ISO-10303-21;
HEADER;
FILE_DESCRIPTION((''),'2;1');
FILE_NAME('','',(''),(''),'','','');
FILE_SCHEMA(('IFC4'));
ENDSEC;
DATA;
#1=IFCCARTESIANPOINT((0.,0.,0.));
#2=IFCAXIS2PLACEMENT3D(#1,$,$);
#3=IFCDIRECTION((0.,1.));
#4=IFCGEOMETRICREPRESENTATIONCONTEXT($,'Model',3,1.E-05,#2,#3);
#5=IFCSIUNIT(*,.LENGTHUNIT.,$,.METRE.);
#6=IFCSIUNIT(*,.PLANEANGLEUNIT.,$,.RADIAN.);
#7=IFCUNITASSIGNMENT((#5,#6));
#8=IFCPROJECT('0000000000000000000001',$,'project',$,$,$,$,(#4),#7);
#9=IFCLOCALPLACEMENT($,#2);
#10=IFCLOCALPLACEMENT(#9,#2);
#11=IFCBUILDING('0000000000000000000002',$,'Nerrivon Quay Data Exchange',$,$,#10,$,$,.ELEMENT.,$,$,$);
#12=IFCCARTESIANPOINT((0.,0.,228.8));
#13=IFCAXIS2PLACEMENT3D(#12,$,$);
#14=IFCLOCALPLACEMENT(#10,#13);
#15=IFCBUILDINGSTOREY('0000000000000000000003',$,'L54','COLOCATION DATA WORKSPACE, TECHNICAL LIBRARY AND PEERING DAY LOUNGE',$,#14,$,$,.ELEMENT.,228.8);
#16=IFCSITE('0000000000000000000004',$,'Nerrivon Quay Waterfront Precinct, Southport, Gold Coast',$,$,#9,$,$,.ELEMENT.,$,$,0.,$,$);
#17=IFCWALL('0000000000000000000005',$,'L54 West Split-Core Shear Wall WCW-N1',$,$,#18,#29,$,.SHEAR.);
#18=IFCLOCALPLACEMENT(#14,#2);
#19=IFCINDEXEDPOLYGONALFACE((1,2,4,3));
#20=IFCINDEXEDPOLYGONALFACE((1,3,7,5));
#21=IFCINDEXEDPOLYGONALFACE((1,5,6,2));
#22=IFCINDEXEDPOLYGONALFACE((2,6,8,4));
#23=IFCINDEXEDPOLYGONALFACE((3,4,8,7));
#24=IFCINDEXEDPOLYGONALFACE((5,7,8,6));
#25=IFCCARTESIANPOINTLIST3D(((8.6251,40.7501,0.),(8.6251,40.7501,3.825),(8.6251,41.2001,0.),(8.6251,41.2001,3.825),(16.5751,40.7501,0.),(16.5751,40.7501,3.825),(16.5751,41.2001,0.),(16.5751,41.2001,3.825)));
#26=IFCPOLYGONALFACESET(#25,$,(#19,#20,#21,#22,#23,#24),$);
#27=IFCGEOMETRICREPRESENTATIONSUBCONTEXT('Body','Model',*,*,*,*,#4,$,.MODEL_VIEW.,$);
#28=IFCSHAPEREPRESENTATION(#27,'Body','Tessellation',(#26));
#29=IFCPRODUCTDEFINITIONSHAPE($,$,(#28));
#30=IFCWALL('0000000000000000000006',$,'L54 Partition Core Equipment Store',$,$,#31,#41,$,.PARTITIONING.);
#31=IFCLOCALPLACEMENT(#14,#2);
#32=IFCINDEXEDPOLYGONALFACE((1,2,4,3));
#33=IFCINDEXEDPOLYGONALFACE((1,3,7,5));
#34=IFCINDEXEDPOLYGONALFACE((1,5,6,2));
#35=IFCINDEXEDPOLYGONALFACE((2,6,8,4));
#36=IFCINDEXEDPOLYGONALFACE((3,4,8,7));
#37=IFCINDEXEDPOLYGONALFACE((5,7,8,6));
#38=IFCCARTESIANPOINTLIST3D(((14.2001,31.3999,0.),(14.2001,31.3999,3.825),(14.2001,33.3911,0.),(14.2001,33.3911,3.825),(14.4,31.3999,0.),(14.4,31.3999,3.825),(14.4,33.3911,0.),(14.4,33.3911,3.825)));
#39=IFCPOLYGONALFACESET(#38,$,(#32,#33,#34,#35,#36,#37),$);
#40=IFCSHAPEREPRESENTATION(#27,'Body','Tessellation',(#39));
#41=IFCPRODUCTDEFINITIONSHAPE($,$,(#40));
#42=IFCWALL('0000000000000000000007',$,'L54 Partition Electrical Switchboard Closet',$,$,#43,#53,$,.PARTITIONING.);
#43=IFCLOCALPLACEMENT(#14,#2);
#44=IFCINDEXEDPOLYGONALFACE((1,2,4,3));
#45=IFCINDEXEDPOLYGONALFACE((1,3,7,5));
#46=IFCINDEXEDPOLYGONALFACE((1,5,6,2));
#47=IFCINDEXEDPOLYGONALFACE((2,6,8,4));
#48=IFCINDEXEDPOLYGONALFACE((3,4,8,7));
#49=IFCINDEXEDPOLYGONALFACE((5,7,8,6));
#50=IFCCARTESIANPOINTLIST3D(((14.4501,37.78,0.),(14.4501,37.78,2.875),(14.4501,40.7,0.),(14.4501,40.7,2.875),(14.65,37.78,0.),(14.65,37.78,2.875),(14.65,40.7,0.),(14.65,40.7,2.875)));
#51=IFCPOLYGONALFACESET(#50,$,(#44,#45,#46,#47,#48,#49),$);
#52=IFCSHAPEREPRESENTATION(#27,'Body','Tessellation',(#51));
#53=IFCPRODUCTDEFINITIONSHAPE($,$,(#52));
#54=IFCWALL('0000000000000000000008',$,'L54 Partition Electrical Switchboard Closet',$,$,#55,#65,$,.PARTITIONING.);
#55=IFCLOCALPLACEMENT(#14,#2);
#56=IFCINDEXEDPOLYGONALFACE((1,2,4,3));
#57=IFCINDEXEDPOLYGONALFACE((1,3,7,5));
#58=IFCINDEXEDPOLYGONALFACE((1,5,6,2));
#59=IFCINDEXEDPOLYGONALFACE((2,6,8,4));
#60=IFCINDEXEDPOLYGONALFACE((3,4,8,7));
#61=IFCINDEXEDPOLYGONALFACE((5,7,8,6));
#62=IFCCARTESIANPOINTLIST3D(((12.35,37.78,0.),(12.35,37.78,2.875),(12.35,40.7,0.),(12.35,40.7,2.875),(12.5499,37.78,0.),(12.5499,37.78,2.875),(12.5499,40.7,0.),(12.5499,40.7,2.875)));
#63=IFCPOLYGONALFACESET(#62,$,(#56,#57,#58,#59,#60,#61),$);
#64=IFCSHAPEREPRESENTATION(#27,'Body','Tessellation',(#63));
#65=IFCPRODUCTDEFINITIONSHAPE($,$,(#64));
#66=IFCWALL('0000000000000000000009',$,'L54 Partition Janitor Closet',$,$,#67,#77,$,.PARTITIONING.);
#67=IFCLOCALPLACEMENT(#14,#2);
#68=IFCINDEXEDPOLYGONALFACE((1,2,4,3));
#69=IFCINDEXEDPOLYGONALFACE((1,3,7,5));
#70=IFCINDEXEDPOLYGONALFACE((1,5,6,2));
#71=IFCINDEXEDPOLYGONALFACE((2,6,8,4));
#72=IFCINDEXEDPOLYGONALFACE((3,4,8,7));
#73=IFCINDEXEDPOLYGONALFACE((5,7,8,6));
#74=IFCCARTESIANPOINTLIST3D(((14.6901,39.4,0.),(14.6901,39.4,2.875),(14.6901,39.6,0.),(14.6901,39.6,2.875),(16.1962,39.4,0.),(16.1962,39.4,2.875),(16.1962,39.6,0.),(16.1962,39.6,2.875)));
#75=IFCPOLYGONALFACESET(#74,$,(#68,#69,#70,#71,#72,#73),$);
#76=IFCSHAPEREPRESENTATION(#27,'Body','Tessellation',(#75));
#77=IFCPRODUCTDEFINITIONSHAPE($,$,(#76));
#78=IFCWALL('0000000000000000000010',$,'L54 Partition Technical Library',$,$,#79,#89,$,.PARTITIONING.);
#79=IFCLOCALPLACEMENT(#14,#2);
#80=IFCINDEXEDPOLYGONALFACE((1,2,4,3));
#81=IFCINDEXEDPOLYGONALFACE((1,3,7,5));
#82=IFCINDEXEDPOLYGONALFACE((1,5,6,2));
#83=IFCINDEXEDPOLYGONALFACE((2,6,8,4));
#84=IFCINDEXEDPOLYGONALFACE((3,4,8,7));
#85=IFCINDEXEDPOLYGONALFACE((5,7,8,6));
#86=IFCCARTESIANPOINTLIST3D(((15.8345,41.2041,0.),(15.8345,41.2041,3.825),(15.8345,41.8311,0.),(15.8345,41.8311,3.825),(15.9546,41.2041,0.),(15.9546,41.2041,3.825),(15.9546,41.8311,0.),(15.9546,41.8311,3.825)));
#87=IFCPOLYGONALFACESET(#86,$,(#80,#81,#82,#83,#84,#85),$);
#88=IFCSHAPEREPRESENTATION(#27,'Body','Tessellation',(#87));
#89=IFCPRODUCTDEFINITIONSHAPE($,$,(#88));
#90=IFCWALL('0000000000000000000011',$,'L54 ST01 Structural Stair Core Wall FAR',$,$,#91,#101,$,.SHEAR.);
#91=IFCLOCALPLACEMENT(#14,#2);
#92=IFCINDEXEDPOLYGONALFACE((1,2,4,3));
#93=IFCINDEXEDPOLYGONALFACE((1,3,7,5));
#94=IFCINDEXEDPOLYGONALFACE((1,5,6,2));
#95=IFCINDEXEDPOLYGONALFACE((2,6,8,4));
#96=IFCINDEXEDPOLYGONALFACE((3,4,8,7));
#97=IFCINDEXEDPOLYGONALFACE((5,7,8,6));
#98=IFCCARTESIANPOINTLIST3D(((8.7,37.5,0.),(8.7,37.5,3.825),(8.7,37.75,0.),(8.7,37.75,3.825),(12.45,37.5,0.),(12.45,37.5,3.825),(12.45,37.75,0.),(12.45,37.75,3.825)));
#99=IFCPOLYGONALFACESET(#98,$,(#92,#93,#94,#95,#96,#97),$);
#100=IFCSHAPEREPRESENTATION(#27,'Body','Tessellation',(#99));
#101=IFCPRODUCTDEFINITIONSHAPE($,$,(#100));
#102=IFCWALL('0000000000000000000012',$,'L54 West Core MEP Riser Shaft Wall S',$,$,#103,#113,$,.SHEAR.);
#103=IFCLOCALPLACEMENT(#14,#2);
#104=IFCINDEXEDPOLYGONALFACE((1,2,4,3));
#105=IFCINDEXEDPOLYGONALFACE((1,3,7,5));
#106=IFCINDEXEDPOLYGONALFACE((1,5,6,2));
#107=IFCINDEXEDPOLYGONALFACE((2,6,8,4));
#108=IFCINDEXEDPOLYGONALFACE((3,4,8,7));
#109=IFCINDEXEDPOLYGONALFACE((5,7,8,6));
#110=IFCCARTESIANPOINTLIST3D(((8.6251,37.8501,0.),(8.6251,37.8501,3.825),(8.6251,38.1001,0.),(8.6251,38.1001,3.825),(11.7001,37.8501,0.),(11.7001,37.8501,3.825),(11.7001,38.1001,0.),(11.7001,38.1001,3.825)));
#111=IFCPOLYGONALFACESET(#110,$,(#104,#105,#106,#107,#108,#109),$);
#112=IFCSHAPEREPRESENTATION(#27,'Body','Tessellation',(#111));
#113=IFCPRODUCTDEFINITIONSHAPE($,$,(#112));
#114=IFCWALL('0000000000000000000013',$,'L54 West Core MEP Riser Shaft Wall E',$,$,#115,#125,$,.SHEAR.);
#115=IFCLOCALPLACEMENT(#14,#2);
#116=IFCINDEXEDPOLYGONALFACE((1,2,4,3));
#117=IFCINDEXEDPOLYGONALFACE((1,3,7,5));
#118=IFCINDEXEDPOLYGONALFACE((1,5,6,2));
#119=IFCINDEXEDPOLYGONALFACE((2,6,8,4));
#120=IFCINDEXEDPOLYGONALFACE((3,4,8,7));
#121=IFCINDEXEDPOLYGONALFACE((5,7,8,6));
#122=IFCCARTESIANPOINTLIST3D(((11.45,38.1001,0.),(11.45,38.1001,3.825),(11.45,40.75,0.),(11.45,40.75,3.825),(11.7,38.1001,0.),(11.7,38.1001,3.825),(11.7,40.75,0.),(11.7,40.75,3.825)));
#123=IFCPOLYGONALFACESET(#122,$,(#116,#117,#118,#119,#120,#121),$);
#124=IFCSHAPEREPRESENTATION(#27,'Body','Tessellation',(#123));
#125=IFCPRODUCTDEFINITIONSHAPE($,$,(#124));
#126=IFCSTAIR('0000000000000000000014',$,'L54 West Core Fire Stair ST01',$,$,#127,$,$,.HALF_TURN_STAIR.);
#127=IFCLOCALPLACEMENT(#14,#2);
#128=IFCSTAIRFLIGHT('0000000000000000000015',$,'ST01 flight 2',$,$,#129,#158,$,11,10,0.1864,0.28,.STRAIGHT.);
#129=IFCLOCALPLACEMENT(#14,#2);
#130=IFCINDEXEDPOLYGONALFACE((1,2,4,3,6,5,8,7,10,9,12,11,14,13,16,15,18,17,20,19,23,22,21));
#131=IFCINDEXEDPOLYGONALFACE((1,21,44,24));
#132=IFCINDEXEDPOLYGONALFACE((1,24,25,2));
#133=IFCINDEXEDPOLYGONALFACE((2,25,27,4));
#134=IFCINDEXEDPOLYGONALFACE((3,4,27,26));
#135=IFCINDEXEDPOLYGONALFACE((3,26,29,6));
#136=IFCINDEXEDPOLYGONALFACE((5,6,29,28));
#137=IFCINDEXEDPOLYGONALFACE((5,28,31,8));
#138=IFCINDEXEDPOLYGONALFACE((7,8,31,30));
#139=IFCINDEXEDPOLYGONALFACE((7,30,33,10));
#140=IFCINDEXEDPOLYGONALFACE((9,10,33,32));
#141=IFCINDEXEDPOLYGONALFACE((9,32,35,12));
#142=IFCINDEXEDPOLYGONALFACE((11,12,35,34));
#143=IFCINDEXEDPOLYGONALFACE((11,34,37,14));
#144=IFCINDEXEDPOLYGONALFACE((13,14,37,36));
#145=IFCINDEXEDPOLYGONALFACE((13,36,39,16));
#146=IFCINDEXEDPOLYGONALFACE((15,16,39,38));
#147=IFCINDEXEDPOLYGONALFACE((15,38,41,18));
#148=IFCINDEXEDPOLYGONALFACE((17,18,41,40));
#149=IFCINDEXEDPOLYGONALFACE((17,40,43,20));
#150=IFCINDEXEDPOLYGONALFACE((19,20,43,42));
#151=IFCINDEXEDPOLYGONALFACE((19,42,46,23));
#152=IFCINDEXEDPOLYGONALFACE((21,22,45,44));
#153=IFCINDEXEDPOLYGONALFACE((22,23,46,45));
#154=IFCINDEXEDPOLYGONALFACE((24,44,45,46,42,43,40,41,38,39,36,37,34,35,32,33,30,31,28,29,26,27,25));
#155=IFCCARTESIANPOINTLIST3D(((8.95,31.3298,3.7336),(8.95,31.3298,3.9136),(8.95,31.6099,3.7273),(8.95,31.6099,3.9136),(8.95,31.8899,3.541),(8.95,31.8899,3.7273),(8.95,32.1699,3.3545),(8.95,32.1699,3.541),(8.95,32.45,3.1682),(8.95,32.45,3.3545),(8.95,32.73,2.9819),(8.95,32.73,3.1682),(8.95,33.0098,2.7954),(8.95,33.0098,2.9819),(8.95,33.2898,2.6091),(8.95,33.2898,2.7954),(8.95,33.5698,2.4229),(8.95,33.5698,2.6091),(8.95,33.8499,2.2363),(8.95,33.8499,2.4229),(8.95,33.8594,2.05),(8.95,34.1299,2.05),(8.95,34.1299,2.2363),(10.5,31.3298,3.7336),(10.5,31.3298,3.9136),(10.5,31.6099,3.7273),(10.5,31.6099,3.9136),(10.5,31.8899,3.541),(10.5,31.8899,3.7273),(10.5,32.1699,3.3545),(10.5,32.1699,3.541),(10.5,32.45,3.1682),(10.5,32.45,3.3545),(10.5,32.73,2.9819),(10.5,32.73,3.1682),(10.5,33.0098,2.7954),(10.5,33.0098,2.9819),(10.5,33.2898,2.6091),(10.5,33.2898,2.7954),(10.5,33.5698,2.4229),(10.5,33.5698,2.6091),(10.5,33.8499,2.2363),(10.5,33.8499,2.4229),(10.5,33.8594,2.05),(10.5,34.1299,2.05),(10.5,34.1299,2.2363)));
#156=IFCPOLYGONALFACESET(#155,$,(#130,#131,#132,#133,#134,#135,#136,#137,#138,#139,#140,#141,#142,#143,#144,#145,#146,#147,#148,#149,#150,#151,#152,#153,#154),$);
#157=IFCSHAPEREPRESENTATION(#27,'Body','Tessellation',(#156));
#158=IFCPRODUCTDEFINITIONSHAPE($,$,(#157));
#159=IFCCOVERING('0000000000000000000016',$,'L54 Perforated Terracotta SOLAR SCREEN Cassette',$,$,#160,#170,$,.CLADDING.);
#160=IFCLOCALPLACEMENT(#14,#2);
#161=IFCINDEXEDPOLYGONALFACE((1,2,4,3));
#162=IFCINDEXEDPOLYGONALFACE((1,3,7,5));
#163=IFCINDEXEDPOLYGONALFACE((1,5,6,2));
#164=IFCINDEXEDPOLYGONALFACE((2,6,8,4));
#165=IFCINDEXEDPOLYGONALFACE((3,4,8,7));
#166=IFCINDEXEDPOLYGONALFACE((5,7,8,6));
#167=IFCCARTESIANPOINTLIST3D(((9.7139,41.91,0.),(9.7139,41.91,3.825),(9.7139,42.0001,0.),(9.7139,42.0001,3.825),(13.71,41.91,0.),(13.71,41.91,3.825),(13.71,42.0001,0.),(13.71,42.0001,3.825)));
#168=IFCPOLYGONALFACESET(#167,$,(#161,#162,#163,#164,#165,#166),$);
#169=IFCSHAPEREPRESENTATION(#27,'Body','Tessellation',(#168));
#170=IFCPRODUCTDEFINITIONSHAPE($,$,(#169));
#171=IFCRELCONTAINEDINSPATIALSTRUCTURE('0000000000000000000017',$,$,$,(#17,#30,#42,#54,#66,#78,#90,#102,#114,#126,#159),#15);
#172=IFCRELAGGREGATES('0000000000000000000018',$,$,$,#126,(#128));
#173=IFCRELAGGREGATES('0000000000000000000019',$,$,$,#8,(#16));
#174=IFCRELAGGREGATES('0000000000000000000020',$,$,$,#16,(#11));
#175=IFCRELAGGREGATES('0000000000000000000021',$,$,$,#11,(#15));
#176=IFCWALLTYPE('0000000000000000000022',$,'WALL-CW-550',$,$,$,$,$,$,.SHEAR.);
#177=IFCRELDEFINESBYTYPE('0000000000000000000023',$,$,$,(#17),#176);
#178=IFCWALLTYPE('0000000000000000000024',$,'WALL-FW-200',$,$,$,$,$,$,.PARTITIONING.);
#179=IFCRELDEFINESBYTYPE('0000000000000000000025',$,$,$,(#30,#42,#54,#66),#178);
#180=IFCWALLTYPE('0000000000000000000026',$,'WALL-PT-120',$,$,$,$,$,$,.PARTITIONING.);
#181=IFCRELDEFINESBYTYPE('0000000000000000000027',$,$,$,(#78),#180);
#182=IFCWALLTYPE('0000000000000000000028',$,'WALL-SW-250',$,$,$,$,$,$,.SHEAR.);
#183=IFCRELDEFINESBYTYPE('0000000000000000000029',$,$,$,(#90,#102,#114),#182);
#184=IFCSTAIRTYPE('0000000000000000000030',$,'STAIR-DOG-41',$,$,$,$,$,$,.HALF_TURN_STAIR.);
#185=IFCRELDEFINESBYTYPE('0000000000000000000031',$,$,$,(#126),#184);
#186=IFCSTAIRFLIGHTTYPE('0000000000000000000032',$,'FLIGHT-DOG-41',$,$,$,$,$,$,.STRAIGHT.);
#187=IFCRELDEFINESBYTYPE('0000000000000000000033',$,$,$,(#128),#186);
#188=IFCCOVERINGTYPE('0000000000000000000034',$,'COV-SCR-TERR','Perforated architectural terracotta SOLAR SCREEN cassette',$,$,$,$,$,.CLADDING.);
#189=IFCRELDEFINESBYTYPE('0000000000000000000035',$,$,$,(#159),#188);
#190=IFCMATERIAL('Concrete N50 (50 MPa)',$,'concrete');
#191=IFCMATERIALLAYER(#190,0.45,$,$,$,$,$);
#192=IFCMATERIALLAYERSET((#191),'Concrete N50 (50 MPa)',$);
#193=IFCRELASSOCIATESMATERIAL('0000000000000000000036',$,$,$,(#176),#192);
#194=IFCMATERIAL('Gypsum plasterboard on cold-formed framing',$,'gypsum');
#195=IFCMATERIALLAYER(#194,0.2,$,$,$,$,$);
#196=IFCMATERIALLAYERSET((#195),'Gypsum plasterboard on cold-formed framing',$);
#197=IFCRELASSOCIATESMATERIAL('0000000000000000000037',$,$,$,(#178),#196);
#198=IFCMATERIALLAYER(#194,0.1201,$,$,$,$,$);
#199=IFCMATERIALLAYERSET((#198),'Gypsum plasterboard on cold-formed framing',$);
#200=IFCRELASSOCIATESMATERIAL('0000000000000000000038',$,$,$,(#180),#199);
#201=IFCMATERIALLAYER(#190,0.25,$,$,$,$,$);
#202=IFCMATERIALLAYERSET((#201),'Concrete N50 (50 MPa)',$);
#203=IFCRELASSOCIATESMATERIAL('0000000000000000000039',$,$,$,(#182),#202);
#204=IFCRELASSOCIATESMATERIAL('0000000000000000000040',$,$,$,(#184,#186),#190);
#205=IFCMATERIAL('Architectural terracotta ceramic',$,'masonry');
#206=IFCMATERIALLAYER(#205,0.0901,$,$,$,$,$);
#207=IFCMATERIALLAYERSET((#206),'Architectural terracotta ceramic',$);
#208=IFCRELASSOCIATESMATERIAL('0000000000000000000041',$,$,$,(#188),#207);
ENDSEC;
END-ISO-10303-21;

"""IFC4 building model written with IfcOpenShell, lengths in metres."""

from ifc_helpers import new_model, si_unit, direction, frame, frame_2d, origin, origin_2d, place, context, subcontext, project, spatial, polyline, rectangle, outline, extrude, material, layer, layer_set, type_object, element, aggregate, save


model = new_model("IFC4")

# Units and contexts
model_context = context("Model", 3, precision=1e-05, world=origin(), true_north=direction((0.0, 1.0)))
body_context = subcontext(model_context, "Body", "Model", "MODEL_VIEW")
ifc_project = project(units=[si_unit("LENGTHUNIT", "METRE"), si_unit("PLANEANGLEUNIT", "RADIAN")], contexts=[model_context])

# Site, building, storey
site_placement = place(None, origin())
site = spatial("IfcSite", under=ifc_project, at=site_placement, Name="Nerrivon Quay Waterfront Precinct, Southport, Gold Coast", CompositionType="ELEMENT", RefElevation=0.0)
building_placement = place(site_placement, origin())
building = spatial("IfcBuilding", under=site, at=building_placement, Name="Nerrivon Quay Data Exchange", CompositionType="ELEMENT")
storey_placement = place(building_placement, frame((0.0, 0.0, 228.8)))
storey = spatial("IfcBuildingStorey", under=building, at=storey_placement, Name="L54", Description="COLOCATION DATA WORKSPACE, TECHNICAL LIBRARY AND PEERING DAY LOUNGE", CompositionType="ELEMENT", Elevation=228.8)

# Shared definitions
ifc_material_1 = material(Name="Concrete N50 (50 MPa)", Category="concrete")

# Walls
ifc_layer_1 = layer(ifc_material_1, 0.45)
ifc_layer_set_1 = layer_set([ifc_layer_1], Name="Concrete N50 (50 MPa)")
wall_type_1 = type_object("IfcWallType", Name="WALL-CW-550", PredefinedType="SHEAR", material=ifc_layer_set_1)
wall_1_placement = place(storey_placement, frame((8.625, 40.9751, 0.0), z_axis=(0.0, 0.0, 1.0), x_axis=(1.0, 0.0, 0.0)))
element("IfcWall", 1, at=wall_1_placement, inside=storey, type_object=wall_type_1, Name="L54 West Split-Core Shear Wall WCW-N1", PredefinedType="SHEAR", context=body_context, shape_type="SweptSolid", body=[
    extrude(rectangle(XDim=7.95, YDim=0.45, at=frame_2d((3.9751, 0.0))), origin(), (0.0, 0.0, 1.0), 3.825),
])
ifc_material_2 = material(Name="Gypsum plasterboard on cold-formed framing", Category="gypsum")
ifc_layer_2 = layer(ifc_material_2, 0.2)
ifc_layer_set_2 = layer_set([ifc_layer_2], Name="Gypsum plasterboard on cold-formed framing")
wall_type_2 = type_object("IfcWallType", Name="WALL-FW-200", PredefinedType="PARTITIONING", material=ifc_layer_set_2)
wall_2_placement = place(storey_placement, frame((14.3, 33.3911, 0.0), z_axis=(0.0, 0.0, 1.0), x_axis=(0.0, -1.0, 0.0)))
element("IfcWall", 2, at=wall_2_placement, inside=storey, type_object=wall_type_2, Name="L54 Partition Core Equipment Store", PredefinedType="PARTITIONING", context=body_context, shape_type="SweptSolid", body=[
    extrude(rectangle(XDim=1.9912, YDim=0.2, at=frame_2d((0.9956, 0.0))), origin(), (0.0, 0.0, 1.0), 3.825),
])
for number, where, z_axis, x_axis, name in (
    (3, (14.55, 37.78, 0.0), (0.0, 0.0, 1.0), (0.0, 1.0, 0.0), "L54 Partition Electrical Switchboard Closet"),
    (4, (12.45, 40.7, 0.0), (0.0, 0.0, 1.0), (0.0, -1.0, 0.0), "L54 Partition Electrical Switchboard Closet"),
):
    element("IfcWall", number, at=place(storey_placement, frame(where, z_axis=z_axis, x_axis=x_axis)), inside=storey, type_object=wall_type_2, Name=name, PredefinedType="PARTITIONING", context=body_context, shape_type="SweptSolid", body=[
        extrude(rectangle(XDim=2.9199, YDim=0.2, at=frame_2d((1.46, 0.0))), origin(), (0.0, 0.0, 1.0), 2.875),
    ])
wall_3_placement = place(storey_placement, frame((16.196, 39.5, 0.0), z_axis=(0.0, 0.0, 1.0), x_axis=(-1.0, 0.0, 0.0)))
element("IfcWall", 5, at=wall_3_placement, inside=storey, type_object=wall_type_2, Name="L54 Partition Janitor Closet", PredefinedType="PARTITIONING", context=body_context, shape_type="SweptSolid", body=[
    extrude(rectangle(XDim=1.5061, YDim=0.2, at=frame_2d((0.7529, 0.0))), origin(), (0.0, 0.0, 1.0), 2.875),
])
ifc_layer_3 = layer(ifc_material_2, 0.1201)
ifc_layer_set_3 = layer_set([ifc_layer_3], Name="Gypsum plasterboard on cold-formed framing")
wall_type_3 = type_object("IfcWallType", Name="WALL-PT-120", PredefinedType="PARTITIONING", material=ifc_layer_set_3)
wall_4_placement = place(storey_placement, frame((15.8945, 41.2041, 0.0), z_axis=(0.0, 0.0, 1.0), x_axis=(0.0, 1.0, 0.0)))
element("IfcWall", 6, at=wall_4_placement, inside=storey, type_object=wall_type_3, Name="L54 Partition Technical Library", PredefinedType="PARTITIONING", context=body_context, shape_type="SweptSolid", body=[
    extrude(rectangle(XDim=0.627, YDim=0.1201, at=frame_2d((0.3135, 0.0))), origin(), (0.0, 0.0, 1.0), 3.825),
])
ifc_layer_4 = layer(ifc_material_1, 0.25)
ifc_layer_set_4 = layer_set([ifc_layer_4], Name="Concrete N50 (50 MPa)")
wall_type_4 = type_object("IfcWallType", Name="WALL-SW-250", PredefinedType="SHEAR", material=ifc_layer_set_4)
wall_5_placement = place(storey_placement, frame((12.45, 37.625, 0.0), z_axis=(0.0, 0.0, 1.0), x_axis=(-1.0, 0.0, 0.0)))
element("IfcWall", 7, at=wall_5_placement, inside=storey, type_object=wall_type_4, Name="L54 ST01 Structural Stair Core Wall FAR", PredefinedType="SHEAR", context=body_context, shape_type="SweptSolid", body=[
    extrude(rectangle(XDim=3.75, YDim=0.25, at=frame_2d((1.875, 0.0))), origin(), (0.0, 0.0, 1.0), 3.825),
])
wall_6_placement = place(storey_placement, frame((8.625, 37.9751, 0.0), z_axis=(0.0, 0.0, 1.0), x_axis=(1.0, 0.0, 0.0)))
element("IfcWall", 8, at=wall_6_placement, inside=storey, type_object=wall_type_4, Name="L54 West Core MEP Riser Shaft Wall S", PredefinedType="SHEAR", context=body_context, shape_type="SweptSolid", body=[
    extrude(rectangle(XDim=3.075, YDim=0.25, at=frame_2d((1.5376, 0.0))), origin(), (0.0, 0.0, 1.0), 3.825),
])
wall_7_placement = place(storey_placement, frame((11.575, 38.1001, 0.0), z_axis=(0.0, 0.0, 1.0), x_axis=(0.0, 1.0, 0.0)))
element("IfcWall", 9, at=wall_7_placement, inside=storey, type_object=wall_type_4, Name="L54 West Core MEP Riser Shaft Wall E", PredefinedType="SHEAR", context=body_context, shape_type="SweptSolid", body=[
    extrude(rectangle(XDim=2.6499, YDim=0.25, at=frame_2d((1.325, 0.0))), origin(), (0.0, 0.0, 1.0), 3.825),
])

# Stair, stair flight
stair_type = type_object("IfcStairType", Name="STAIR-DOG-41", PredefinedType="HALF_TURN_STAIR", material=ifc_material_1)
stair_placement = place(storey_placement, origin())
stair = element("IfcStair", 10, at=stair_placement, inside=storey, type_object=stair_type, Name="L54 West Core Fire Stair ST01", PredefinedType="HALF_TURN_STAIR")
stair_flight_type = type_object("IfcStairFlightType", Name="FLIGHT-DOG-41", PredefinedType="STRAIGHT", material=ifc_material_1)
stair_flight_placement = place(storey_placement, frame((9.7251, 34.1299, 2.05), z_axis=(0.0, 0.0, 1.0), x_axis=(0.0, -1.0, 0.0)))
stair_flight = element("IfcStairFlight", 11, at=stair_flight_placement, type_object=stair_flight_type, Name="ST01 flight 2", NumberOfRisers=11, NumberOfTreads=10, PredefinedType="STRAIGHT", RiserHeight=0.1864, TreadLength=0.28, context=body_context, shape_type="SweptSolid", body=[
    extrude(outline(polyline([(0.0, 0.0), (0.0, 0.1863), (0.28, 0.1863), (0.28, 0.3728), (0.5601, 0.3728), (0.5601, 0.5591), (0.8401, 0.5591), (0.8401, 0.7454), (1.1201, 0.7454), (1.1201, 0.9319), (1.3999, 0.9319), (1.3999, 1.1182), (1.6799, 1.1182), (1.6799, 1.3044), (1.96, 1.3044), (1.96, 1.491), (2.24, 1.491), (2.24, 1.6772), (2.52, 1.6772), (2.52, 1.8635), (2.8, 1.8635), (2.8, 2.05), (2.8, 1.6836), (0.2705, 0.0), (0.0, 0.0)])), frame((0.0, 0.7749, 0.0), z_axis=(0.0, -1.0, 0.0), x_axis=(1.0, 0.0, 0.0)), (0.0, 0.0, 1.0), 1.55),
])
aggregate(stair, [stair_flight])

# Covering
ifc_material_3 = material(Name="Architectural terracotta ceramic", Category="masonry")
ifc_layer_5 = layer(ifc_material_3, 0.0901)
ifc_layer_set_5 = layer_set([ifc_layer_5], Name="Architectural terracotta ceramic")
covering_type = type_object("IfcCoveringType", Name="COV-SCR-TERR", Description="Perforated architectural terracotta SOLAR SCREEN cassette", PredefinedType="CLADDING", material=ifc_layer_set_5)
covering_placement = place(storey_placement, frame((11.7119, 41.9551, 0.0), z_axis=(0.0, 0.0, 1.0), x_axis=(1.0, 0.0, 0.0)))
element("IfcCovering", 12, at=covering_placement, inside=storey, type_object=covering_type, Name="L54 Perforated Terracotta SOLAR SCREEN Cassette", PredefinedType="CLADDING", context=body_context, shape_type="SweptSolid", body=[
    extrude(rectangle(XDim=3.9961, YDim=0.0901, at=origin_2d()), origin(), (0.0, 0.0, 1.0), 3.825),
])

save(model, "model.ifc")
